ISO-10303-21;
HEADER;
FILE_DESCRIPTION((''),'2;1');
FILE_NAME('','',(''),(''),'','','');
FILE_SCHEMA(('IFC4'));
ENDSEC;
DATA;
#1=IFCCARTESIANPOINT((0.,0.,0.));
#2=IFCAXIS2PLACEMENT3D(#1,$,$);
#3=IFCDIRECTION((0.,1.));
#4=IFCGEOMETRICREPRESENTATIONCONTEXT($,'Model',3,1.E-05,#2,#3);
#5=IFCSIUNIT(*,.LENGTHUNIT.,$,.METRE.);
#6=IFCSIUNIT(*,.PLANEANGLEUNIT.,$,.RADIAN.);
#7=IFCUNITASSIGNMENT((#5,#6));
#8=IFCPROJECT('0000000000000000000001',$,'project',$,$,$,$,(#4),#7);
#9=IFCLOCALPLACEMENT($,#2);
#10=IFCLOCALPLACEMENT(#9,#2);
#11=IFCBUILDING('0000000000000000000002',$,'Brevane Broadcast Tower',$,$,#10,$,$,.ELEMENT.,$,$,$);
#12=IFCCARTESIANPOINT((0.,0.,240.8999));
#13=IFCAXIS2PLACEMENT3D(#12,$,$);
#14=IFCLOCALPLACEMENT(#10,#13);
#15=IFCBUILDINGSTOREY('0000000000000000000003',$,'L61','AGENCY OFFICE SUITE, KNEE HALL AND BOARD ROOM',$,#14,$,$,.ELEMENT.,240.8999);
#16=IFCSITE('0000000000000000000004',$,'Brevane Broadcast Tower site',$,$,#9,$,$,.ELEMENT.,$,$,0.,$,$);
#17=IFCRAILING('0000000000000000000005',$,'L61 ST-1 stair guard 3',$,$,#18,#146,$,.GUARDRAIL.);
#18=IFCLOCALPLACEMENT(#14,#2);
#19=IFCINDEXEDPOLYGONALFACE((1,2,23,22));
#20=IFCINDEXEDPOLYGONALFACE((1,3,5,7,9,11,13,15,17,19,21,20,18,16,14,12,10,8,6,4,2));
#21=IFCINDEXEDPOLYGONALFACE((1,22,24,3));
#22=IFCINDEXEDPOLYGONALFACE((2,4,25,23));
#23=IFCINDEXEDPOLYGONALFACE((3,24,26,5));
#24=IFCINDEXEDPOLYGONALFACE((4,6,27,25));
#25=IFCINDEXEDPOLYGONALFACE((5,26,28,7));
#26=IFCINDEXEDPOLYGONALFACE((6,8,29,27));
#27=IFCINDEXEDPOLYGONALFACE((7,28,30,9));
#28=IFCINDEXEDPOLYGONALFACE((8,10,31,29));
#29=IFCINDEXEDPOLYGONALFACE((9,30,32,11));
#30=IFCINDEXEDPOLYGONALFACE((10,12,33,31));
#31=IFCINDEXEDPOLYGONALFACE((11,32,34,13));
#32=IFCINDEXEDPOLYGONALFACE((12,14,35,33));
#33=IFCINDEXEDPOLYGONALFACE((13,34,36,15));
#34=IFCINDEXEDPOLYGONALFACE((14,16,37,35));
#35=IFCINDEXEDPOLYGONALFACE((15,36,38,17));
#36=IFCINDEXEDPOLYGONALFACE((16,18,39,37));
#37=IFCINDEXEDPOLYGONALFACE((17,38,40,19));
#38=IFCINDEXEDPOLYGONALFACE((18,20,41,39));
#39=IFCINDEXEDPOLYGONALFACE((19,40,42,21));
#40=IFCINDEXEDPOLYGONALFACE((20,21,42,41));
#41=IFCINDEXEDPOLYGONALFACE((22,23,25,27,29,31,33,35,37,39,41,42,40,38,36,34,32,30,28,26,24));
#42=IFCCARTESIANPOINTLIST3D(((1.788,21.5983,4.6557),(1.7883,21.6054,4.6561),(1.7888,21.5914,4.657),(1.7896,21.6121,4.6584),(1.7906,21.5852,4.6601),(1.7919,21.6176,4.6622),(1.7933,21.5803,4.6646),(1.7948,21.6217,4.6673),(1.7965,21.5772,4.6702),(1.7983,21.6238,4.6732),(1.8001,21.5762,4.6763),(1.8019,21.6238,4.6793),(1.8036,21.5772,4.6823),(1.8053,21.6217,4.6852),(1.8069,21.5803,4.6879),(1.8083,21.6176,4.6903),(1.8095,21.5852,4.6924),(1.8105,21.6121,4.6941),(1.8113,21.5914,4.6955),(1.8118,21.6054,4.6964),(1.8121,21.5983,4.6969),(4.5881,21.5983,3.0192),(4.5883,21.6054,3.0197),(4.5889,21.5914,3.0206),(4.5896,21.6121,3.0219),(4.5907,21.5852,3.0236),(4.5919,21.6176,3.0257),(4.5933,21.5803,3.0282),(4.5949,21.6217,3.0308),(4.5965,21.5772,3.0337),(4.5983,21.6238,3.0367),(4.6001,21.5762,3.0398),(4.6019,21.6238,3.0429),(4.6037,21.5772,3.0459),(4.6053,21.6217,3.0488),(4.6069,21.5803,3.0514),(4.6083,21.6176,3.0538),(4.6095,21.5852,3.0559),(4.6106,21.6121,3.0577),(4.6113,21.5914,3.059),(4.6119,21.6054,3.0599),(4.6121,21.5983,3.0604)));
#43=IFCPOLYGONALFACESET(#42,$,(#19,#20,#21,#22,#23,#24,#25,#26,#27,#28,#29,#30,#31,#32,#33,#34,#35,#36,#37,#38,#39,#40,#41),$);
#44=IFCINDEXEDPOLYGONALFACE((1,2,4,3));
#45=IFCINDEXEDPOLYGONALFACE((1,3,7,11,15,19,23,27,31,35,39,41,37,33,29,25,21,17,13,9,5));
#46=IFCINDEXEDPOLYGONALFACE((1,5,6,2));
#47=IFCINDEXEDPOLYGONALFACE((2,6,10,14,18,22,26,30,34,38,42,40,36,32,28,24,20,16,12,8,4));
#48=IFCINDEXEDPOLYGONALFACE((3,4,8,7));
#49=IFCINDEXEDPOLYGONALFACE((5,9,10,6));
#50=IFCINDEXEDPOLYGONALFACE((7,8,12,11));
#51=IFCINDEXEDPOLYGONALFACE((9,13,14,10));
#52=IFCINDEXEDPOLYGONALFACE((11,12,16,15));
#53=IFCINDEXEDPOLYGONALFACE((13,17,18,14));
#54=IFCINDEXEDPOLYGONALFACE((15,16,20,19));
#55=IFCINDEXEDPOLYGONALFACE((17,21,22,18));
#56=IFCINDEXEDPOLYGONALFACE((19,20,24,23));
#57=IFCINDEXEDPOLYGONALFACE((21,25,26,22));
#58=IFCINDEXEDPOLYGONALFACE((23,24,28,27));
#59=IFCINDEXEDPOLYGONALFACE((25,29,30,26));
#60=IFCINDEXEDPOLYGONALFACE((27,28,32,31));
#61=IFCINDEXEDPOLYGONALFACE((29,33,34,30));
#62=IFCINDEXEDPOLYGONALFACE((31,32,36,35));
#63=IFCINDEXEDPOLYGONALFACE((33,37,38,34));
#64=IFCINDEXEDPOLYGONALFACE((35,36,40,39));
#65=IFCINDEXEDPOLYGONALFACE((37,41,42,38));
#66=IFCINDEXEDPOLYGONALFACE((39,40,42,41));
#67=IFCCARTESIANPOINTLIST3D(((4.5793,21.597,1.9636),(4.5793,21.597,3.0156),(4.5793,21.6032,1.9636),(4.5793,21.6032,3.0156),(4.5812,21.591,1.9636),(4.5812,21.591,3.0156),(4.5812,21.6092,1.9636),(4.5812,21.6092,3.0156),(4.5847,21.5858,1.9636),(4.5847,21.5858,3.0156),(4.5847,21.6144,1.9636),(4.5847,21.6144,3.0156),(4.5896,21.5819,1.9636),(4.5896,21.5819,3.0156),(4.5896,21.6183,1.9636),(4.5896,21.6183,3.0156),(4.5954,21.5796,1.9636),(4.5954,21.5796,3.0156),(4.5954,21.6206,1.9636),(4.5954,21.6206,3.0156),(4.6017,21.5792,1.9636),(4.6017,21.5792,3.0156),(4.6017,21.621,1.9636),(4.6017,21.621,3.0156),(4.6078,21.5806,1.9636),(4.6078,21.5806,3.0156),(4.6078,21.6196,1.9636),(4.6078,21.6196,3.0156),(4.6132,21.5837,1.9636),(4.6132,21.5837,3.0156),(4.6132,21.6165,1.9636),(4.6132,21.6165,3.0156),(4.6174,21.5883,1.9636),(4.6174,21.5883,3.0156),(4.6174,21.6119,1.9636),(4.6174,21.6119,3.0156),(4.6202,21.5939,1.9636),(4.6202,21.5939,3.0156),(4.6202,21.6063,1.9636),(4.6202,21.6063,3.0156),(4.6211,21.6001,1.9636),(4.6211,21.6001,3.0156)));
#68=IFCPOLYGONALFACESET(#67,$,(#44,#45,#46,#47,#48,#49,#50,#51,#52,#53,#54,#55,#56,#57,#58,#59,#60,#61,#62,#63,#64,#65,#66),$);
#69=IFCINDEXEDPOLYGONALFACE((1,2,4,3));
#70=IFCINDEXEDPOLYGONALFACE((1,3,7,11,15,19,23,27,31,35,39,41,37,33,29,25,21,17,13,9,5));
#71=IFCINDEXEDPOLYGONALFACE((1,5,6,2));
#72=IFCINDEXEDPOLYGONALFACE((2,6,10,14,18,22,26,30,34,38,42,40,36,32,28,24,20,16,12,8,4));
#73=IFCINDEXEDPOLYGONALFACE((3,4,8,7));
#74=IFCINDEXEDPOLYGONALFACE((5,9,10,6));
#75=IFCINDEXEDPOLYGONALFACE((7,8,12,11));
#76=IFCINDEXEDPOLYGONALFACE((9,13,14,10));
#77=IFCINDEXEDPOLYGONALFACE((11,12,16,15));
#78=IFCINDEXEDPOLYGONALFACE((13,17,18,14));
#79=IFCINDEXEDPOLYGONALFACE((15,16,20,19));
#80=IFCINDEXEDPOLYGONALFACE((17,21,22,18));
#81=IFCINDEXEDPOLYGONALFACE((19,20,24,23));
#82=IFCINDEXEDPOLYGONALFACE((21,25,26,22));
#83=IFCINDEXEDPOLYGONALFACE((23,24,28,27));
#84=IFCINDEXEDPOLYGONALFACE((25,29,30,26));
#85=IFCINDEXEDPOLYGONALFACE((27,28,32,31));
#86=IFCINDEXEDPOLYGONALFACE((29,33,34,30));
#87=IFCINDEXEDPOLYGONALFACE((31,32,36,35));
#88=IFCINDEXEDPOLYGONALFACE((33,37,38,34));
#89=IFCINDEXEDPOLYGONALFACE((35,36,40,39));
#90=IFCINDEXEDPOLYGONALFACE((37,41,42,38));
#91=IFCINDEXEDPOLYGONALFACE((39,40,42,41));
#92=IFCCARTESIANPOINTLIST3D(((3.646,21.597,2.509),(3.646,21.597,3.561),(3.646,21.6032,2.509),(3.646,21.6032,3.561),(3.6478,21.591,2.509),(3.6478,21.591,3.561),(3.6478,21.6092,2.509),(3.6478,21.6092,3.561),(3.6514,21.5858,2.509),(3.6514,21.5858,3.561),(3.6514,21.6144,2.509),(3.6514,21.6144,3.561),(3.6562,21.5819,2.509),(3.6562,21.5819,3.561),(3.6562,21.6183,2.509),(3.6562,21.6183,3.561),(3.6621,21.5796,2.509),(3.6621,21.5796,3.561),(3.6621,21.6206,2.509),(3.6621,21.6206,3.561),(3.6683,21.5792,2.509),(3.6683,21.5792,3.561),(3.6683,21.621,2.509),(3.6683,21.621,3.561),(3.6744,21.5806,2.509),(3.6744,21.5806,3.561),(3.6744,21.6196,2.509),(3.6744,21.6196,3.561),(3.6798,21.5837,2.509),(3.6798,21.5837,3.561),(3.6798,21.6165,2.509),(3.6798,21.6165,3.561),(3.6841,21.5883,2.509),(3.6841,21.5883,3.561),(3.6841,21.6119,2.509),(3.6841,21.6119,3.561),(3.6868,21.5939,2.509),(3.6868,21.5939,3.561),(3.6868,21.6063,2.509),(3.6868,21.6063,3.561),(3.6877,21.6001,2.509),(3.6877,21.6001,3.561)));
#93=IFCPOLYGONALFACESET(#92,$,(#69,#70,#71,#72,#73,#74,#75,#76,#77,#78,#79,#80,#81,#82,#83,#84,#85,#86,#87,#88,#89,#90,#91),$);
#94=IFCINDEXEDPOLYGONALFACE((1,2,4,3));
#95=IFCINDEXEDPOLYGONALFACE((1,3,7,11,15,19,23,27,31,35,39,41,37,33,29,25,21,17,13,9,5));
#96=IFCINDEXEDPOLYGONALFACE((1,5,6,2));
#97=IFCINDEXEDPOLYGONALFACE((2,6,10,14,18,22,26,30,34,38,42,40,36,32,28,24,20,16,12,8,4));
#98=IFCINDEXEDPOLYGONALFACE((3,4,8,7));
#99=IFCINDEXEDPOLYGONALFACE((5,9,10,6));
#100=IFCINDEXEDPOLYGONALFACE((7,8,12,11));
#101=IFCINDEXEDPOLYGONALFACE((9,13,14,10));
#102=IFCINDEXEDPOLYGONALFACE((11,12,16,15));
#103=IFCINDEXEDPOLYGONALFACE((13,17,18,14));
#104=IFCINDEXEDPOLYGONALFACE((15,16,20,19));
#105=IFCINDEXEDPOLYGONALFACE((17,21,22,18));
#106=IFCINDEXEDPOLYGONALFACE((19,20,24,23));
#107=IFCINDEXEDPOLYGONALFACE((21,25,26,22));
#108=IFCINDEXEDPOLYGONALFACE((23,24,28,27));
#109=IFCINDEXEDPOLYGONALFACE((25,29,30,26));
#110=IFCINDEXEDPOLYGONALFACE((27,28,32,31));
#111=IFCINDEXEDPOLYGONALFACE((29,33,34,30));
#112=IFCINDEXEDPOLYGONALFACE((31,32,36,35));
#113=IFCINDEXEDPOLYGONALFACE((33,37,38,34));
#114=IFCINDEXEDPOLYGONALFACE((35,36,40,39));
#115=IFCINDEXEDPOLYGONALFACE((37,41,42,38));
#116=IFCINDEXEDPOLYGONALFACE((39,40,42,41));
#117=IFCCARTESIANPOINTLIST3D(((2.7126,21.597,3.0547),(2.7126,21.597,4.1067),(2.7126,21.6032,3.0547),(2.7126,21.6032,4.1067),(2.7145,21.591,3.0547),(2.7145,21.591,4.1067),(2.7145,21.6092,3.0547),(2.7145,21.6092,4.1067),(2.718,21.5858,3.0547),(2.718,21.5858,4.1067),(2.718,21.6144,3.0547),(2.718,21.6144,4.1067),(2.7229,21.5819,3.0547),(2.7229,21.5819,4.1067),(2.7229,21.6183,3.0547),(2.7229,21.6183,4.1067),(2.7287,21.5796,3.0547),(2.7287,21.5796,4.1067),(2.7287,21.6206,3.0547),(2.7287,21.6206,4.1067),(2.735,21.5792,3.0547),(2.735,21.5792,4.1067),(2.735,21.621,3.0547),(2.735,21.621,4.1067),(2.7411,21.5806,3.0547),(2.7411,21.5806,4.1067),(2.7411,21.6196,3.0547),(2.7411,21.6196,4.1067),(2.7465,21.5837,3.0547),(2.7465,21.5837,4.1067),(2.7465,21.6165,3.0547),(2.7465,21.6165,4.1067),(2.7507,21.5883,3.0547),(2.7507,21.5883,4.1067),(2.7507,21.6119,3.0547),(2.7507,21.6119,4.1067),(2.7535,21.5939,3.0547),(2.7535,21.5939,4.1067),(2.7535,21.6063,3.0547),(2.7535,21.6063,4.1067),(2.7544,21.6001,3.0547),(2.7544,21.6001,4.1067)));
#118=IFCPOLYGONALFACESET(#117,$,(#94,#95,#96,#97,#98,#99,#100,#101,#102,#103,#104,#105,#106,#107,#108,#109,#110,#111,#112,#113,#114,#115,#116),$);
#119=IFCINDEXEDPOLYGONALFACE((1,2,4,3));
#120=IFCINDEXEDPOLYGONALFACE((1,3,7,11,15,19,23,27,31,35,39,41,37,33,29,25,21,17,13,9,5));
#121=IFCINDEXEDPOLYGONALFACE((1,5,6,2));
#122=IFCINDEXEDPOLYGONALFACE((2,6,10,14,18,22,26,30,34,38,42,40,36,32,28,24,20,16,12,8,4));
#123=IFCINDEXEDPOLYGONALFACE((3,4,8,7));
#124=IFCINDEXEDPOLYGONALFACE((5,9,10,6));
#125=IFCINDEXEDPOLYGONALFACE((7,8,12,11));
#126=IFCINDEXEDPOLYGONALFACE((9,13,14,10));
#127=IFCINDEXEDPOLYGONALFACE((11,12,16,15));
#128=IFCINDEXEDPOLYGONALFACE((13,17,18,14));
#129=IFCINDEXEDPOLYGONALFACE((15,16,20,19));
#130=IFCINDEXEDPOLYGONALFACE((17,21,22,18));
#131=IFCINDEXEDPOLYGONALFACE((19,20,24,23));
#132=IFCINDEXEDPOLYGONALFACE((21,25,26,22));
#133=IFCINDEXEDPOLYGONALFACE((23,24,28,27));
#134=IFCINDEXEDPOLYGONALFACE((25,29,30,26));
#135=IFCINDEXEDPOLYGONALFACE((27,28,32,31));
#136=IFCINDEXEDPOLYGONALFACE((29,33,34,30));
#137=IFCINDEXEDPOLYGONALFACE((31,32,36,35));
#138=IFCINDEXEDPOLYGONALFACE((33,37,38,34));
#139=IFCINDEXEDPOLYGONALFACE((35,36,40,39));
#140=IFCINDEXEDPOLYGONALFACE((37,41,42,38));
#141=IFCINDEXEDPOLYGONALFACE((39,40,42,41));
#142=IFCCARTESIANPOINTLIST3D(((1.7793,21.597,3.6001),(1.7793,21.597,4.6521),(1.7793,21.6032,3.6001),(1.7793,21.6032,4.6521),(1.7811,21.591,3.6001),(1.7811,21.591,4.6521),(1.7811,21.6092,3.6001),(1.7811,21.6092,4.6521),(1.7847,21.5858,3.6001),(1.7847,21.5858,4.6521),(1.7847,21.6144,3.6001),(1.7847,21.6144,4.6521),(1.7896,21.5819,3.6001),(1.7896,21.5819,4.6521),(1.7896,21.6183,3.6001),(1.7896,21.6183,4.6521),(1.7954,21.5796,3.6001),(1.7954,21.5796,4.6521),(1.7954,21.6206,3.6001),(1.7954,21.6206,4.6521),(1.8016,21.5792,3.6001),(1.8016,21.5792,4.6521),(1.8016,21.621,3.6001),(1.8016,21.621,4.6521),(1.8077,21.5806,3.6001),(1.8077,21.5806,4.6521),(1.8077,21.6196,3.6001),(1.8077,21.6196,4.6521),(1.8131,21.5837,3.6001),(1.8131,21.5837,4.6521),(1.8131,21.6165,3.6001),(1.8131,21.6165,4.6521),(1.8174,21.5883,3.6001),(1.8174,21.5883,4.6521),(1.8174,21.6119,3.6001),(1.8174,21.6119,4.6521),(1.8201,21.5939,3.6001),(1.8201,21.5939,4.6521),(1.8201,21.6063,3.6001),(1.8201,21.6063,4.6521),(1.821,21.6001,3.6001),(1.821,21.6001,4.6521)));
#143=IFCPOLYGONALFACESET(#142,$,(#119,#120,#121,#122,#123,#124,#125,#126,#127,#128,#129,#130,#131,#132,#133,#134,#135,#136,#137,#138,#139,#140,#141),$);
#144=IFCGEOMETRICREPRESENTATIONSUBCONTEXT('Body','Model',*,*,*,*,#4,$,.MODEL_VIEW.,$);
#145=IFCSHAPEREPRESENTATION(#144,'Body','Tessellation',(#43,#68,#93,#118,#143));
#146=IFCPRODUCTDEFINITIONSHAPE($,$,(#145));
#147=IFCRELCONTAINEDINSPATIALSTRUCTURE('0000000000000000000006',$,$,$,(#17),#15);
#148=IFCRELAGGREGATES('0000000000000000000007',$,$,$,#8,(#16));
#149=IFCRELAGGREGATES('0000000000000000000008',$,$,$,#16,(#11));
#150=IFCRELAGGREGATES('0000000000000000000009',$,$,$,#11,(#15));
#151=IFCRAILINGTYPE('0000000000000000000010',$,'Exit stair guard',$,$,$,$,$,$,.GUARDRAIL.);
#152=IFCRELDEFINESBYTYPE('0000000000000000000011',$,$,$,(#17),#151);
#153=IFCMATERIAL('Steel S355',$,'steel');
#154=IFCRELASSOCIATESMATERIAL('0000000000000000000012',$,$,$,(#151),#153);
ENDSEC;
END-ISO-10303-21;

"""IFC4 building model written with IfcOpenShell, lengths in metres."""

from ifc_helpers import new_model, si_unit, direction, frame, origin, origin_2d, place, context, subcontext, project, spatial, circle, extrude, material, type_object, element, save


model = new_model("IFC4")

# Units and contexts
model_context = context("Model", 3, precision=1e-05, world=origin(), true_north=direction((0.0, 1.0)))
body_context = subcontext(model_context, "Body", "Model", "MODEL_VIEW")
ifc_project = project(units=[si_unit("LENGTHUNIT", "METRE"), si_unit("PLANEANGLEUNIT", "RADIAN")], contexts=[model_context])

# Site, building, storey
site_placement = place(None, origin())
site = spatial("IfcSite", under=ifc_project, at=site_placement, Name="Brevane Broadcast Tower site", CompositionType="ELEMENT", RefElevation=0.0)
building_placement = place(site_placement, origin())
building = spatial("IfcBuilding", under=site, at=building_placement, Name="Brevane Broadcast Tower", CompositionType="ELEMENT")
storey_placement = place(building_placement, frame((0.0, 0.0, 240.8999)))
storey = spatial("IfcBuildingStorey", under=building, at=storey_placement, Name="L61", Description="AGENCY OFFICE SUITE, KNEE HALL AND BOARD ROOM", CompositionType="ELEMENT", Elevation=240.8999)

# Railing
ifc_material_1 = material(Name="Steel S355", Category="steel")
railing_type_1 = type_object("IfcRailingType", Name="Exit stair guard", PredefinedType="GUARDRAIL", material=ifc_material_1)
railing_1_placement = place(storey_placement, frame((4.6001, 21.6001, 1.9636)))
element("IfcRailing", 1, at=railing_1_placement, inside=storey, type_object=railing_type_1, Name="L61 ST-1 stair guard 3", PredefinedType="GUARDRAIL", context=body_context, shape_type="SweptSolid", body=[
    extrude(circle(Radius=0.0239, at=origin_2d()), frame((0.0, 0.0, 1.0762), z_axis=(-0.863361, 0.0, 0.504587), x_axis=(0.0, -1.0, 0.0)), (0.0, 0.0, 1.0), 3.2432),
    extrude(circle(Radius=0.021, at=origin_2d()), origin(), (0.0, 0.0, 1.0), 1.052),
    extrude(circle(Radius=0.021, at=origin_2d()), frame((-0.9333, 0.0, 0.5454)), (0.0, 0.0, 1.0), 1.052),
    extrude(circle(Radius=0.021, at=origin_2d()), frame((-1.8667, 0.0, 1.0911)), (0.0, 0.0, 1.0), 1.052),
    extrude(circle(Radius=0.021, at=origin_2d()), frame((-2.8, 0.0, 1.6365)), (0.0, 0.0, 1.0), 1.052),
])

save(model, "model.ifc")
